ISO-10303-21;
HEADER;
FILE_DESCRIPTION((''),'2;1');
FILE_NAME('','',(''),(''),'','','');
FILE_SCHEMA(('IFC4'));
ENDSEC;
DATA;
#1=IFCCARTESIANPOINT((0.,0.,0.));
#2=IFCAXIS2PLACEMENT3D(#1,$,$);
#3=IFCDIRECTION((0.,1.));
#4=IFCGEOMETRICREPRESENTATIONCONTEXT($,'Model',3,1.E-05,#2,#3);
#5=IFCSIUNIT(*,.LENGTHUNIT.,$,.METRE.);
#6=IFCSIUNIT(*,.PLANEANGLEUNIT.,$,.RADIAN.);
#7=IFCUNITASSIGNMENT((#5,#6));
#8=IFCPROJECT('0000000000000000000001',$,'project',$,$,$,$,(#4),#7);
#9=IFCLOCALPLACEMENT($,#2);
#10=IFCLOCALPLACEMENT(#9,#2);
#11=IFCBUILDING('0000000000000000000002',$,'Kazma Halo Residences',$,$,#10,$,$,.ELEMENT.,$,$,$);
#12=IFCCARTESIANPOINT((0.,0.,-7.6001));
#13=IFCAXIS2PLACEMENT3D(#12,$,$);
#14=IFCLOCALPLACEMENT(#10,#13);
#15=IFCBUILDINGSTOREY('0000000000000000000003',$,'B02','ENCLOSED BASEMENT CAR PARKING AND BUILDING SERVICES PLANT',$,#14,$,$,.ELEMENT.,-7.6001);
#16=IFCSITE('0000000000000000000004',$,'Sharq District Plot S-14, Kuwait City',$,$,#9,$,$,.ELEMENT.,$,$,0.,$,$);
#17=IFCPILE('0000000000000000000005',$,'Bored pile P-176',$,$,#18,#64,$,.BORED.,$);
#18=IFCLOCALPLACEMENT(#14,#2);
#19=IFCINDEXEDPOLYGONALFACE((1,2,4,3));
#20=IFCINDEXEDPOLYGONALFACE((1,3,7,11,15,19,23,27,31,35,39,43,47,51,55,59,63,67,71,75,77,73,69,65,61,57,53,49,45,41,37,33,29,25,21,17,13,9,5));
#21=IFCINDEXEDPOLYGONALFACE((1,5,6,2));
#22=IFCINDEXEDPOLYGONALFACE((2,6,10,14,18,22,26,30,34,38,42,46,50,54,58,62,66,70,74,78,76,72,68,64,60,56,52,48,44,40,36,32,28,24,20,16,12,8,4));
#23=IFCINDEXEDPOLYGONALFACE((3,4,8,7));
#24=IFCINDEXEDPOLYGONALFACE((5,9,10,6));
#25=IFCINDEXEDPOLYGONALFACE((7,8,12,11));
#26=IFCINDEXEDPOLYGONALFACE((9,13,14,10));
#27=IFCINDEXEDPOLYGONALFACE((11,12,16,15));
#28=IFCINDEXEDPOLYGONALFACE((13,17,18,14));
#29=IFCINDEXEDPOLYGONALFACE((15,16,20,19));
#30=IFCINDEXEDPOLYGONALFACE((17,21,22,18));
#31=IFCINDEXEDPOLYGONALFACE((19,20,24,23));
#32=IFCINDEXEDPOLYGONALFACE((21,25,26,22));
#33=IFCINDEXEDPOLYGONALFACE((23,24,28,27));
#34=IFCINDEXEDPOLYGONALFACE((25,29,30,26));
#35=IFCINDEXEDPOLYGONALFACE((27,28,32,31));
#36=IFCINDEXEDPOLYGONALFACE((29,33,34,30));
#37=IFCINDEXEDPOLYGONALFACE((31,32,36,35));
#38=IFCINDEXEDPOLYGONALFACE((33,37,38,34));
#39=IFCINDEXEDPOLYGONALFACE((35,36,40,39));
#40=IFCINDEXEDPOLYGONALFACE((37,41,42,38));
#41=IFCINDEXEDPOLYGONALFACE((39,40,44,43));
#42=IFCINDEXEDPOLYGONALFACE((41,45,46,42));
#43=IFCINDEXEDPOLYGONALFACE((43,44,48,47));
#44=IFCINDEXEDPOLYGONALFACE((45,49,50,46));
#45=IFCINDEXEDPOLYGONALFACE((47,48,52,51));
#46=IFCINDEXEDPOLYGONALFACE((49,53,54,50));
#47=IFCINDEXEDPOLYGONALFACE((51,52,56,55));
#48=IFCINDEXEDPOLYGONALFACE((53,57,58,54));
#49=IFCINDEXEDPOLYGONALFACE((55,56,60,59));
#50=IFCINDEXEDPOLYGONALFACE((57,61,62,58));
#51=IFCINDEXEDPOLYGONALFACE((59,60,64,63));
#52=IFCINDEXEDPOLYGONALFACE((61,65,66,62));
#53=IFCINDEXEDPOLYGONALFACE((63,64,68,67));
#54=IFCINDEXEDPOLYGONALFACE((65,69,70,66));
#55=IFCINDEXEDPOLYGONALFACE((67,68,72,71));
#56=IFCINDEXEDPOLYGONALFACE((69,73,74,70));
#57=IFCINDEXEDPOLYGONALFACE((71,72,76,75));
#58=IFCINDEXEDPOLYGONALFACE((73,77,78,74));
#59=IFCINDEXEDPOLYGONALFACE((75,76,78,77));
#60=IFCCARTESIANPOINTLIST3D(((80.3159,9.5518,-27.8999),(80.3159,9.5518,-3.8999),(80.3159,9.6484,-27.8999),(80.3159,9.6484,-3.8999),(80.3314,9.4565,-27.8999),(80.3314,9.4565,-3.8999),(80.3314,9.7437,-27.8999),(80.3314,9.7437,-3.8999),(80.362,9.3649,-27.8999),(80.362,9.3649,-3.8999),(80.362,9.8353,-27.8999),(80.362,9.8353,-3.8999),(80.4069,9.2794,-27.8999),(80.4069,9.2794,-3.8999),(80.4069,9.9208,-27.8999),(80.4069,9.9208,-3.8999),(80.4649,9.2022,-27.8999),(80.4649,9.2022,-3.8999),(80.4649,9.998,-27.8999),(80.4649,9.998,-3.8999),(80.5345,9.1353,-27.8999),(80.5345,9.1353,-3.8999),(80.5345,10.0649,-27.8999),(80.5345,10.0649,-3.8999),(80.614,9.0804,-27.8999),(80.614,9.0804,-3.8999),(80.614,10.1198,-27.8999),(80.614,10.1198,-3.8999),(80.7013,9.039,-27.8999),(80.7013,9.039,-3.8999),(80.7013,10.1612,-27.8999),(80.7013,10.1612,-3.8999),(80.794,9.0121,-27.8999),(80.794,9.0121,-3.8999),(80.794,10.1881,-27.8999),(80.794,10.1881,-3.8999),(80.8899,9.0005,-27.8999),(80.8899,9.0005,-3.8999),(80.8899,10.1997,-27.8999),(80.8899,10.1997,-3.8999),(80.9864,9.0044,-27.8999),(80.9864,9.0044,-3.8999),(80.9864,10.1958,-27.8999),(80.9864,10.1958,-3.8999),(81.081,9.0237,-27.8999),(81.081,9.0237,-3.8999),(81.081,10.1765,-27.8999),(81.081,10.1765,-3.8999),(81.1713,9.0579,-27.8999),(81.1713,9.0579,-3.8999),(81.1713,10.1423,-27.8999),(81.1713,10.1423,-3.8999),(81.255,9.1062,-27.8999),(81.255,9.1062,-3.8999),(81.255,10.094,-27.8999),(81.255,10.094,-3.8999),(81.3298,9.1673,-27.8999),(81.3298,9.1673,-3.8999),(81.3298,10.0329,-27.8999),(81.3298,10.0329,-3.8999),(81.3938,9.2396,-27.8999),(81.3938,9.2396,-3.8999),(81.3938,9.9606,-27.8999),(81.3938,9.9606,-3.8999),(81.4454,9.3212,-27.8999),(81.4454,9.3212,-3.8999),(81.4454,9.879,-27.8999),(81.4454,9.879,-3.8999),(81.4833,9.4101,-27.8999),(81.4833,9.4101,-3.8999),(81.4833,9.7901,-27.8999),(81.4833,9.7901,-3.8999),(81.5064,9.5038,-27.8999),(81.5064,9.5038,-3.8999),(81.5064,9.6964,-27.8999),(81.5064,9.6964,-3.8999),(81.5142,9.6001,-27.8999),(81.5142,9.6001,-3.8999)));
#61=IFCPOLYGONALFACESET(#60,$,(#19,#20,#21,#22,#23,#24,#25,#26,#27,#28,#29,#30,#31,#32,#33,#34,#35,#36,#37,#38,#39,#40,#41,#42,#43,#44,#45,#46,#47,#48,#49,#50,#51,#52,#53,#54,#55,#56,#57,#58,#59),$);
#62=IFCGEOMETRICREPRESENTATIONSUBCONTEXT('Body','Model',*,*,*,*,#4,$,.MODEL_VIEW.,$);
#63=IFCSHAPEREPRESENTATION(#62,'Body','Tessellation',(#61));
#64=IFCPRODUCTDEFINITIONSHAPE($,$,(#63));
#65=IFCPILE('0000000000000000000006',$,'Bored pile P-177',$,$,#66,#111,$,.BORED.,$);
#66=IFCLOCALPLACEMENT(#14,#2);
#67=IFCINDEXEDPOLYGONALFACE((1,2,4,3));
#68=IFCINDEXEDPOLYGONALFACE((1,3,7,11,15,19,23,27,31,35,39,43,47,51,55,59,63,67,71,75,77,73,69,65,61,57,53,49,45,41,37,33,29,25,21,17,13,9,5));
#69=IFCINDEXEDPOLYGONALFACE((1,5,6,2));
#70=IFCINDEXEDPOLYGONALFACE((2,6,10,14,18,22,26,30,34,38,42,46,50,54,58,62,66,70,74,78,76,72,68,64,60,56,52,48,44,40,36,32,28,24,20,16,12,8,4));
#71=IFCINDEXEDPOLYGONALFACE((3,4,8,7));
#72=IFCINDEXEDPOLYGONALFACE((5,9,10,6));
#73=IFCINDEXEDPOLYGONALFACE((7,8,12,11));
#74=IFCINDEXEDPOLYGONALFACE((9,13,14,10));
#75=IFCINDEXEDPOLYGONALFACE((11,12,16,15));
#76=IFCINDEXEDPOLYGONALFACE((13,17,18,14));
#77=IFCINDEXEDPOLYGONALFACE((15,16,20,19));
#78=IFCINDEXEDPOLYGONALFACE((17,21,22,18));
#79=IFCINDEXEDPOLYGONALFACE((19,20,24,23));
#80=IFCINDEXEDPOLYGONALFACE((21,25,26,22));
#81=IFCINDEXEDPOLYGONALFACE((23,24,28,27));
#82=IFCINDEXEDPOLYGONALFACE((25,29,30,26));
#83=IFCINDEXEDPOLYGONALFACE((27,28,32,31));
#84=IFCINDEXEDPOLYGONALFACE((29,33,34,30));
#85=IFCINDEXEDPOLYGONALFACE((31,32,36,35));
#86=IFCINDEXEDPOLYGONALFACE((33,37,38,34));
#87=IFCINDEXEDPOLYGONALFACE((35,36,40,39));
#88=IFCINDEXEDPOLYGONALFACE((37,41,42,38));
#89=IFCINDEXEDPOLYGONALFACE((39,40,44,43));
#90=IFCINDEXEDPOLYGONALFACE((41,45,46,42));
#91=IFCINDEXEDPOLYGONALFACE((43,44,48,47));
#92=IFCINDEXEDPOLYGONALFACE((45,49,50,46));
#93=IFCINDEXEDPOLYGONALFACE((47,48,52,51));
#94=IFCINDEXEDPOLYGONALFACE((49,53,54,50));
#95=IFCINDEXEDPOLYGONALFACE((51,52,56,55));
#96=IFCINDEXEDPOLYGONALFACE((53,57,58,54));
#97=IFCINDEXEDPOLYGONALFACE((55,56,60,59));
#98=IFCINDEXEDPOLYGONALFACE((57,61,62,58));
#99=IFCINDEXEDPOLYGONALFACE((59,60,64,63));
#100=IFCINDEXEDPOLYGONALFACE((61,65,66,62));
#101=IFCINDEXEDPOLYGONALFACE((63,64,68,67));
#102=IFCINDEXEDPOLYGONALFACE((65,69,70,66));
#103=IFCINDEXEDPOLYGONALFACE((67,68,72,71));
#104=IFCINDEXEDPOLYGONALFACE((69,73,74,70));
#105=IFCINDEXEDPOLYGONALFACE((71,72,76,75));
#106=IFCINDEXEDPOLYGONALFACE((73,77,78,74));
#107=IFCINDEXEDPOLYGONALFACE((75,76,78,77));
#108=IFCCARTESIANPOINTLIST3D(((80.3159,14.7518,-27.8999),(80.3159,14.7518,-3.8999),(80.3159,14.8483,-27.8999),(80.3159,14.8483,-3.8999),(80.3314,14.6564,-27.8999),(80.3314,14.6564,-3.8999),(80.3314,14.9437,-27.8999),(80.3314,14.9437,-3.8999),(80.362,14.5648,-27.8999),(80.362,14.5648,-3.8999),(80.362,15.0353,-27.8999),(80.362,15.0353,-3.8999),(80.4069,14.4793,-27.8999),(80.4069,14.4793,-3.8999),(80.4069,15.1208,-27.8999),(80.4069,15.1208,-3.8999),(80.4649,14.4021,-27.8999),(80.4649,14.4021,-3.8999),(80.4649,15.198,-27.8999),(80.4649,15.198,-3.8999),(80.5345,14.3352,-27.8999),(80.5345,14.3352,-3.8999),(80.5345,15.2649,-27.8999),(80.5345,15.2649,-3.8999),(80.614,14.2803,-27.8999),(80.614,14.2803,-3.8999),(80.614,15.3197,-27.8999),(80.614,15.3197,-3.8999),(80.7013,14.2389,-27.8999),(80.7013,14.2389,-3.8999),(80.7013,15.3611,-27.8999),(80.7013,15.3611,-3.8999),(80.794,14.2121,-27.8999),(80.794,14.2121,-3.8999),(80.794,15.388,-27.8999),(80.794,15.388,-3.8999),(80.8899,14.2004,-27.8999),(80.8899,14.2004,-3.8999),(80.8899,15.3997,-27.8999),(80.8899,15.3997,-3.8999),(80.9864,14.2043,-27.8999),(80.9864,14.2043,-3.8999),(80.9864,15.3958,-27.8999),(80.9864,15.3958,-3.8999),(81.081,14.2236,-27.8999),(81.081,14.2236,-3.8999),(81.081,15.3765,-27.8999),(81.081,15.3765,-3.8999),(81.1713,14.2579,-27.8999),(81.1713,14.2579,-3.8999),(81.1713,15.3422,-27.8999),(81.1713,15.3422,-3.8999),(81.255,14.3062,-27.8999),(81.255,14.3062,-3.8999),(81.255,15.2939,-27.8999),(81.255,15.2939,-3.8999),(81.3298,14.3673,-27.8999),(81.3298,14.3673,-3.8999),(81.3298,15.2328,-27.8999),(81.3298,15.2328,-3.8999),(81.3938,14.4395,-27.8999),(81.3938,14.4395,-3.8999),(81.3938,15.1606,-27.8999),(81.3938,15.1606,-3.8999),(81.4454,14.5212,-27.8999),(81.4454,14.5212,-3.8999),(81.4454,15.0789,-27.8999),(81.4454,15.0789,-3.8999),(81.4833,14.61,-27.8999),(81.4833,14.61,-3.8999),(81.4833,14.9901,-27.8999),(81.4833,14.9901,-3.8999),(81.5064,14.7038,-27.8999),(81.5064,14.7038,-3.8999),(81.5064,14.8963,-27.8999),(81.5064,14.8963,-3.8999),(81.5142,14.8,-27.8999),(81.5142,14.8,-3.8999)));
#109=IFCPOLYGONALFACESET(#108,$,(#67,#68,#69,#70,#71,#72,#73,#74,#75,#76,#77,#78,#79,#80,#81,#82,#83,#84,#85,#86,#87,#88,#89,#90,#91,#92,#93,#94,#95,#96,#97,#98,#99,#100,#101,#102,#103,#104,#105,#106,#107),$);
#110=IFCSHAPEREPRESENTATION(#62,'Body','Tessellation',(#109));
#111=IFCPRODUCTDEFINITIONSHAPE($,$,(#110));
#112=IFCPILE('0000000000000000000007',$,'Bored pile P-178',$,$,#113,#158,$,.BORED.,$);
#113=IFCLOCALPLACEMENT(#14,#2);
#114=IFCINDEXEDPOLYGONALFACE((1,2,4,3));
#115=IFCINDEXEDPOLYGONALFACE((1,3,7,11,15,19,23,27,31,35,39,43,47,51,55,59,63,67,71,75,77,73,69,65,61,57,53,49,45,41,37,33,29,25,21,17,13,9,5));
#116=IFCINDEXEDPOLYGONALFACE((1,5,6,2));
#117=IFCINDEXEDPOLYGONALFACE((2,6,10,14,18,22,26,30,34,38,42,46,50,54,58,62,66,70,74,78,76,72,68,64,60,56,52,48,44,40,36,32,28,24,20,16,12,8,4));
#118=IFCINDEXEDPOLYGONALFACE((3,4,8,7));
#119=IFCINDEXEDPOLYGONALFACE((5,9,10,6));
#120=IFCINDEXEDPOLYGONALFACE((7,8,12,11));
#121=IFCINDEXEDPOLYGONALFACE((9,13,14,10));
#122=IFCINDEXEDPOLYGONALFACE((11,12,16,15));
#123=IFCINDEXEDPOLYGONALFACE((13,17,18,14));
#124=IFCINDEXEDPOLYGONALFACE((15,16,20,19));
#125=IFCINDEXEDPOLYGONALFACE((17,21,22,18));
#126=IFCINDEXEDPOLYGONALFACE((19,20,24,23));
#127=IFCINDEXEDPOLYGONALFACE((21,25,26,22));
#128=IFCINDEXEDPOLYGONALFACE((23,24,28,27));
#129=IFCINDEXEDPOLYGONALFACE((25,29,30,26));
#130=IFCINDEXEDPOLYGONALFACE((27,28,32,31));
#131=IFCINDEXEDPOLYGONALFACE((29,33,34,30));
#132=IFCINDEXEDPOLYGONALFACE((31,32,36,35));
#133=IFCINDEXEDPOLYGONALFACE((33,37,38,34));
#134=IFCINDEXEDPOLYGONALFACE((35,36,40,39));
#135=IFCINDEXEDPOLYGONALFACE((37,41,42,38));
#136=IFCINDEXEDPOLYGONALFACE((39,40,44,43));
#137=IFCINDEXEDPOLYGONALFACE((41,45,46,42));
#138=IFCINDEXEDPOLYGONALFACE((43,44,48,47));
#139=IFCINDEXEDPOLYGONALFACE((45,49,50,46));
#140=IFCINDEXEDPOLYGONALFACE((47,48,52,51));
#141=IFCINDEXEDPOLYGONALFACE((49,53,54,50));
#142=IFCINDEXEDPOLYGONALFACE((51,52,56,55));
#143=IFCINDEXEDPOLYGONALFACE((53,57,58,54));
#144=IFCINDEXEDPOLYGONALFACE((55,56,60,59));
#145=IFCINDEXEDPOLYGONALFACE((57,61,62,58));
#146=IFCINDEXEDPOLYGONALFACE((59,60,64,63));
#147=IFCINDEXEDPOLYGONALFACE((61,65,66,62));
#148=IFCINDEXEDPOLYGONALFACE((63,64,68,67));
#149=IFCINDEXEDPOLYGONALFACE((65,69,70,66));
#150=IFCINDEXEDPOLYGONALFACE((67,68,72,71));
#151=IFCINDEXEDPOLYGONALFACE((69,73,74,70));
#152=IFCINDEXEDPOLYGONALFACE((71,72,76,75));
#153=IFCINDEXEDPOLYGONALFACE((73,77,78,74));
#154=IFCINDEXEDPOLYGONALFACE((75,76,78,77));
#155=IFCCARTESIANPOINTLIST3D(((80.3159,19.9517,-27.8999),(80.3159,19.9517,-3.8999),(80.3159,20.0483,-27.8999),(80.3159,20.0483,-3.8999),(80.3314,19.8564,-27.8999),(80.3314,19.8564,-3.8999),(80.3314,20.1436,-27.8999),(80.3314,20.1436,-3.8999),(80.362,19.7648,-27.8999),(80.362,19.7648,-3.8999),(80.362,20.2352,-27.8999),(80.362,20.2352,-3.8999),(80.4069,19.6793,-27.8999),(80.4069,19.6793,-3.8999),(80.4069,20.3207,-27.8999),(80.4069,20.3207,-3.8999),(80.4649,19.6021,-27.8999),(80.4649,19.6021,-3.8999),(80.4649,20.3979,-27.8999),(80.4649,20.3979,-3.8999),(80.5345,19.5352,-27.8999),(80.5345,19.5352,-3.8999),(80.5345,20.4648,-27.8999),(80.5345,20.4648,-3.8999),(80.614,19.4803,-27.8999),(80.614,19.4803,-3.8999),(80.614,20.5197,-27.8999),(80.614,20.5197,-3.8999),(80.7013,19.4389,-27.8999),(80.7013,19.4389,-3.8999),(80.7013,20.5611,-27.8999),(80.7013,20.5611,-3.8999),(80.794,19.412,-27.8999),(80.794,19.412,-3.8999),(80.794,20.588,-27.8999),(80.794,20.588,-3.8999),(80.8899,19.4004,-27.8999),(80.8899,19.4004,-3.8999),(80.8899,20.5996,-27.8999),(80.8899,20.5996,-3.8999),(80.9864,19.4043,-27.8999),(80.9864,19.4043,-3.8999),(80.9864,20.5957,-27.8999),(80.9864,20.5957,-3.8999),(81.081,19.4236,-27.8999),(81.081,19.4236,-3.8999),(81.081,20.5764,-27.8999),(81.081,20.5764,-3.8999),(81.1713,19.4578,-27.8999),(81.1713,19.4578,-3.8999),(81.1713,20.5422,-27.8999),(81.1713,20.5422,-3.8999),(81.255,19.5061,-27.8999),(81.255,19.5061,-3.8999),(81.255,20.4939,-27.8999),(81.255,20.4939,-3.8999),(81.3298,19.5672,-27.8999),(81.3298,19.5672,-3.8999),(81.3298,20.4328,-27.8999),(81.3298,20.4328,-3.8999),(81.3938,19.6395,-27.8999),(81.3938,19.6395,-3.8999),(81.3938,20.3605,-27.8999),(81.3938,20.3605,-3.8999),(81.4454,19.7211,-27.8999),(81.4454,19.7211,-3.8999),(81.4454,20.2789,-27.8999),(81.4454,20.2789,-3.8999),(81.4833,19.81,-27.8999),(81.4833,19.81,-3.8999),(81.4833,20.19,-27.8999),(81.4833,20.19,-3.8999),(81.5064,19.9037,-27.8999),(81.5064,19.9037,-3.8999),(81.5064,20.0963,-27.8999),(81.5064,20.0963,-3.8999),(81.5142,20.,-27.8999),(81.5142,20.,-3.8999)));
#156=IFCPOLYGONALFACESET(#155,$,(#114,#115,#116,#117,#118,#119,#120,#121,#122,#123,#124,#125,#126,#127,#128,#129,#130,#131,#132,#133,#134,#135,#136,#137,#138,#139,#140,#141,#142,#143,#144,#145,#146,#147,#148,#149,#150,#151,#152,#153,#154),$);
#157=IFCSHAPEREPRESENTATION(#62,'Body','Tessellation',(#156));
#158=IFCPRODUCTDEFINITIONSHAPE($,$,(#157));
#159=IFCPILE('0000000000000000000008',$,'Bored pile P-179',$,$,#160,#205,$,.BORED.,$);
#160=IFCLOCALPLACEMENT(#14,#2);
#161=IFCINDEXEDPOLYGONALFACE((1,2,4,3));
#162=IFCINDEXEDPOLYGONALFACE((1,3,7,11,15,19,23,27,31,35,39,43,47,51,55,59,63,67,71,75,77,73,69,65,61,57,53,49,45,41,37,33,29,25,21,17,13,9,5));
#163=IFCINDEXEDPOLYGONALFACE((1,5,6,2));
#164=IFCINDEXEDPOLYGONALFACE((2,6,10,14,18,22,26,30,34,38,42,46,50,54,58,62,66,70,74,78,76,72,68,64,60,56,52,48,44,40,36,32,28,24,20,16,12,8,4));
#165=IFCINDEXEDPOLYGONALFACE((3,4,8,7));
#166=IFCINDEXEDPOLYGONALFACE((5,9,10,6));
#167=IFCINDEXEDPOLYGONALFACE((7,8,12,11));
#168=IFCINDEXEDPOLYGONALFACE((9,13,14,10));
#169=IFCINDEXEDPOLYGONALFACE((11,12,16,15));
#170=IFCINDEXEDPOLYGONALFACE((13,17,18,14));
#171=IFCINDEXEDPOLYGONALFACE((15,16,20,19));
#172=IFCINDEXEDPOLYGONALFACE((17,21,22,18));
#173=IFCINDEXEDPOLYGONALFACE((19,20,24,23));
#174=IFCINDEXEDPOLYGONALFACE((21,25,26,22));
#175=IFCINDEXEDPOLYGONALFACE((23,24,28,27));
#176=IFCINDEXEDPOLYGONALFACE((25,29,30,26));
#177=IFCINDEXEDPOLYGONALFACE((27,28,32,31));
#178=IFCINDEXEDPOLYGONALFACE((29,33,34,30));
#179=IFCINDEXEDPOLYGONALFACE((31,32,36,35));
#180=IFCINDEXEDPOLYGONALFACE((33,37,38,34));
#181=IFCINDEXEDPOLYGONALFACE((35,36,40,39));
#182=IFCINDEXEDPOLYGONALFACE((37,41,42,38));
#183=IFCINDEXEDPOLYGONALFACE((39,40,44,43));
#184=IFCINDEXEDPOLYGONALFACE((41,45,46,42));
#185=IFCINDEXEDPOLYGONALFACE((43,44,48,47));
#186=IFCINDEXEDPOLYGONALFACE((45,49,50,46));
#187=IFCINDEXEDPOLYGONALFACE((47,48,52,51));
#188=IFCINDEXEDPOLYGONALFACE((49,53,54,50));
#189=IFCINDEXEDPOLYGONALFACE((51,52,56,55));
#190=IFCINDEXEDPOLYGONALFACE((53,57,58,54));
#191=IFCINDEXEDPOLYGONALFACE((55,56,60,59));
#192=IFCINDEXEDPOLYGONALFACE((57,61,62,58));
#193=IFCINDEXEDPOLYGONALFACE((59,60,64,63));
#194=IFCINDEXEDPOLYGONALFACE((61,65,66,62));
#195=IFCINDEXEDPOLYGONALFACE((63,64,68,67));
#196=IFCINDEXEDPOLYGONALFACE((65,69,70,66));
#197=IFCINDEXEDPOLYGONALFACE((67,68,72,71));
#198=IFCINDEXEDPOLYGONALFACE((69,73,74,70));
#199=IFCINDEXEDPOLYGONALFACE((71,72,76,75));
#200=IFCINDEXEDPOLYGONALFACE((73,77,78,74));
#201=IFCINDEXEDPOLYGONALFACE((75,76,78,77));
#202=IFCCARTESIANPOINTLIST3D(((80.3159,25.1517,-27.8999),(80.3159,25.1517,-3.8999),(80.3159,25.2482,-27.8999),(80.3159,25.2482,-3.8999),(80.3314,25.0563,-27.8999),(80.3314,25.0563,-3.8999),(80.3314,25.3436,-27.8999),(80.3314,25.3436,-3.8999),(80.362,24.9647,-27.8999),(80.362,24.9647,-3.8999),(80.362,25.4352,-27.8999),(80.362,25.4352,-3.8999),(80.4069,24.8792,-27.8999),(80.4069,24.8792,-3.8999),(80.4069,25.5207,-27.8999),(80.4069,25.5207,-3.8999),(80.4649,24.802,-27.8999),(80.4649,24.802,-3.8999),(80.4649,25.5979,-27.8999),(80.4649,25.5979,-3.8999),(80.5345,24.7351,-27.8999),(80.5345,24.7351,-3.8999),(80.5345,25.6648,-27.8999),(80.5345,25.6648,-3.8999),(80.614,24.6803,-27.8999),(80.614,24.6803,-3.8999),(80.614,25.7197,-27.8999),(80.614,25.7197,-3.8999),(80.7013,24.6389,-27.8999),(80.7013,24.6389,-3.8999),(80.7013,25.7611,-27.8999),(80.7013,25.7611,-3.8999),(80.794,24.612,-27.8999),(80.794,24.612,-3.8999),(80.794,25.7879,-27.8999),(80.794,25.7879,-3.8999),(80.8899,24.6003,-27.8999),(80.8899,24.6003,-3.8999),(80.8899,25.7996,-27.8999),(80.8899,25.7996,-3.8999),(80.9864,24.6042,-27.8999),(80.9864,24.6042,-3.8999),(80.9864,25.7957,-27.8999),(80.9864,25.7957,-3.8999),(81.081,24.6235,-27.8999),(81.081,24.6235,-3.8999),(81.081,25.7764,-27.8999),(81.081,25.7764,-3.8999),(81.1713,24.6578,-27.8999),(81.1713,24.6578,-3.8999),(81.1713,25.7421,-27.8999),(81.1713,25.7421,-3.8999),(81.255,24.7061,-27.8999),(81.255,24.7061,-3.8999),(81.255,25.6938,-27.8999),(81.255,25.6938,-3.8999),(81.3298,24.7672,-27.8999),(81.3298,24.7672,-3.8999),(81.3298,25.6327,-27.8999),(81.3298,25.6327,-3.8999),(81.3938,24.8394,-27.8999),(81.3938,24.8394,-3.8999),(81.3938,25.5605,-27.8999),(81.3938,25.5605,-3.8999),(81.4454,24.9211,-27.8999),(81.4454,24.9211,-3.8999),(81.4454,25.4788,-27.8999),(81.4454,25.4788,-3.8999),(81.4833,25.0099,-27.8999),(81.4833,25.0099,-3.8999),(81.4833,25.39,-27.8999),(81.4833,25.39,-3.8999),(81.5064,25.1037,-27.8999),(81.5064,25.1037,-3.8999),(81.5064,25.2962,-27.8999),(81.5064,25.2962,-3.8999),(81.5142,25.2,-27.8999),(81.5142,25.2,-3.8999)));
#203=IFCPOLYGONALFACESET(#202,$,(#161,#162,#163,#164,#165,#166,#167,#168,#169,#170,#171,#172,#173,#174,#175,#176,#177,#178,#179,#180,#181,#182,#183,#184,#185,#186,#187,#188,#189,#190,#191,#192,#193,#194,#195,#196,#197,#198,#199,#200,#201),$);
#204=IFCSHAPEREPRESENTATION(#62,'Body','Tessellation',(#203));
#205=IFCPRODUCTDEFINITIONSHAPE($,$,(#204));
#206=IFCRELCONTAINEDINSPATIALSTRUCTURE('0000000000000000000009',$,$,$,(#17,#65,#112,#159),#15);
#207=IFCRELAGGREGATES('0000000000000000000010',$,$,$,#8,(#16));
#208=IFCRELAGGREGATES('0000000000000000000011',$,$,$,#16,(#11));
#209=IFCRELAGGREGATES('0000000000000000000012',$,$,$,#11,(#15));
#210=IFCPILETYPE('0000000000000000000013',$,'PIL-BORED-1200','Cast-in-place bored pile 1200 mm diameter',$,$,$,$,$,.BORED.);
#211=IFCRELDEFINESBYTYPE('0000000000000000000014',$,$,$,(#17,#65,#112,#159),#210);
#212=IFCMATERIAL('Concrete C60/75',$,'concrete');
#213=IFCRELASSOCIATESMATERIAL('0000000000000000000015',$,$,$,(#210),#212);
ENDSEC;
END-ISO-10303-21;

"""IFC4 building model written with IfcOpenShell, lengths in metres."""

from ifc_helpers import new_model, si_unit, direction, frame, origin, origin_2d, place, context, subcontext, project, spatial, circle, extrude, material, material_profile, profile_set, type_object, element, save


model = new_model("IFC4")

# Units and contexts
model_context = context("Model", 3, precision=1e-05, world=origin(), true_north=direction((0.0, 1.0)))
body_context = subcontext(model_context, "Body", "Model", "MODEL_VIEW")
ifc_project = project(units=[si_unit("LENGTHUNIT", "METRE"), si_unit("PLANEANGLEUNIT", "RADIAN")], contexts=[model_context])

# Site, building, storey
site_placement = place(None, origin())
site = spatial("IfcSite", under=ifc_project, at=site_placement, Name="Sharq District Plot S-14, Kuwait City", CompositionType="ELEMENT", RefElevation=0.0)
building_placement = place(site_placement, origin())
building = spatial("IfcBuilding", under=site, at=building_placement, Name="Kazma Halo Residences", CompositionType="ELEMENT")
storey_placement = place(building_placement, frame((0.0, 0.0, -7.6001)))
storey = spatial("IfcBuildingStorey", under=building, at=storey_placement, Name="B02", Description="ENCLOSED BASEMENT CAR PARKING AND BUILDING SERVICES PLANT", CompositionType="ELEMENT", Elevation=-7.6001)

# Piles
ifc_material_1 = material(Name="Concrete C60/75", Category="concrete")
ifc_material_profile_1 = material_profile(ifc_material_1, circle(Radius=0.6001, at=origin_2d()), Name="CIRC1200")
ifc_profile_set_1 = profile_set([ifc_material_profile_1], Name="Concrete C60/75")
pile_type = type_object("IfcPileType", Name="PIL-BORED-1200", Description="Cast-in-place bored pile 1200 mm diameter", PredefinedType="BORED", material=ifc_profile_set_1)
for number, where, z_axis, x_axis, name in (
    (1, (80.9141, 9.6001, -3.8999), (0.0, 0.0, -1.0), (1.0, 0.0, 0.0), "Bored pile P-176"),
    (2, (80.9141, 14.8, -3.8999), (0.0, 0.0, -1.0), (1.0, 0.0, 0.0), "Bored pile P-177"),
    (3, (80.9141, 20.0, -3.8999), (0.0, 0.0, -1.0), (1.0, 0.0, 0.0), "Bored pile P-178"),
    (4, (80.9141, 25.2, -3.8999), (0.0, 0.0, -1.0), (1.0, 0.0, 0.0), "Bored pile P-179"),
):
    element("IfcPile", number, at=place(storey_placement, frame(where, z_axis=z_axis, x_axis=x_axis)), inside=storey, type_object=pile_type, Name=name, PredefinedType="BORED", context=body_context, shape_type="SweptSolid", body=[
        extrude(circle(Radius=0.6001, at=origin_2d()), origin(), (0.0, 0.0, 1.0), 24.0),
    ])

save(model, "model.ifc")
